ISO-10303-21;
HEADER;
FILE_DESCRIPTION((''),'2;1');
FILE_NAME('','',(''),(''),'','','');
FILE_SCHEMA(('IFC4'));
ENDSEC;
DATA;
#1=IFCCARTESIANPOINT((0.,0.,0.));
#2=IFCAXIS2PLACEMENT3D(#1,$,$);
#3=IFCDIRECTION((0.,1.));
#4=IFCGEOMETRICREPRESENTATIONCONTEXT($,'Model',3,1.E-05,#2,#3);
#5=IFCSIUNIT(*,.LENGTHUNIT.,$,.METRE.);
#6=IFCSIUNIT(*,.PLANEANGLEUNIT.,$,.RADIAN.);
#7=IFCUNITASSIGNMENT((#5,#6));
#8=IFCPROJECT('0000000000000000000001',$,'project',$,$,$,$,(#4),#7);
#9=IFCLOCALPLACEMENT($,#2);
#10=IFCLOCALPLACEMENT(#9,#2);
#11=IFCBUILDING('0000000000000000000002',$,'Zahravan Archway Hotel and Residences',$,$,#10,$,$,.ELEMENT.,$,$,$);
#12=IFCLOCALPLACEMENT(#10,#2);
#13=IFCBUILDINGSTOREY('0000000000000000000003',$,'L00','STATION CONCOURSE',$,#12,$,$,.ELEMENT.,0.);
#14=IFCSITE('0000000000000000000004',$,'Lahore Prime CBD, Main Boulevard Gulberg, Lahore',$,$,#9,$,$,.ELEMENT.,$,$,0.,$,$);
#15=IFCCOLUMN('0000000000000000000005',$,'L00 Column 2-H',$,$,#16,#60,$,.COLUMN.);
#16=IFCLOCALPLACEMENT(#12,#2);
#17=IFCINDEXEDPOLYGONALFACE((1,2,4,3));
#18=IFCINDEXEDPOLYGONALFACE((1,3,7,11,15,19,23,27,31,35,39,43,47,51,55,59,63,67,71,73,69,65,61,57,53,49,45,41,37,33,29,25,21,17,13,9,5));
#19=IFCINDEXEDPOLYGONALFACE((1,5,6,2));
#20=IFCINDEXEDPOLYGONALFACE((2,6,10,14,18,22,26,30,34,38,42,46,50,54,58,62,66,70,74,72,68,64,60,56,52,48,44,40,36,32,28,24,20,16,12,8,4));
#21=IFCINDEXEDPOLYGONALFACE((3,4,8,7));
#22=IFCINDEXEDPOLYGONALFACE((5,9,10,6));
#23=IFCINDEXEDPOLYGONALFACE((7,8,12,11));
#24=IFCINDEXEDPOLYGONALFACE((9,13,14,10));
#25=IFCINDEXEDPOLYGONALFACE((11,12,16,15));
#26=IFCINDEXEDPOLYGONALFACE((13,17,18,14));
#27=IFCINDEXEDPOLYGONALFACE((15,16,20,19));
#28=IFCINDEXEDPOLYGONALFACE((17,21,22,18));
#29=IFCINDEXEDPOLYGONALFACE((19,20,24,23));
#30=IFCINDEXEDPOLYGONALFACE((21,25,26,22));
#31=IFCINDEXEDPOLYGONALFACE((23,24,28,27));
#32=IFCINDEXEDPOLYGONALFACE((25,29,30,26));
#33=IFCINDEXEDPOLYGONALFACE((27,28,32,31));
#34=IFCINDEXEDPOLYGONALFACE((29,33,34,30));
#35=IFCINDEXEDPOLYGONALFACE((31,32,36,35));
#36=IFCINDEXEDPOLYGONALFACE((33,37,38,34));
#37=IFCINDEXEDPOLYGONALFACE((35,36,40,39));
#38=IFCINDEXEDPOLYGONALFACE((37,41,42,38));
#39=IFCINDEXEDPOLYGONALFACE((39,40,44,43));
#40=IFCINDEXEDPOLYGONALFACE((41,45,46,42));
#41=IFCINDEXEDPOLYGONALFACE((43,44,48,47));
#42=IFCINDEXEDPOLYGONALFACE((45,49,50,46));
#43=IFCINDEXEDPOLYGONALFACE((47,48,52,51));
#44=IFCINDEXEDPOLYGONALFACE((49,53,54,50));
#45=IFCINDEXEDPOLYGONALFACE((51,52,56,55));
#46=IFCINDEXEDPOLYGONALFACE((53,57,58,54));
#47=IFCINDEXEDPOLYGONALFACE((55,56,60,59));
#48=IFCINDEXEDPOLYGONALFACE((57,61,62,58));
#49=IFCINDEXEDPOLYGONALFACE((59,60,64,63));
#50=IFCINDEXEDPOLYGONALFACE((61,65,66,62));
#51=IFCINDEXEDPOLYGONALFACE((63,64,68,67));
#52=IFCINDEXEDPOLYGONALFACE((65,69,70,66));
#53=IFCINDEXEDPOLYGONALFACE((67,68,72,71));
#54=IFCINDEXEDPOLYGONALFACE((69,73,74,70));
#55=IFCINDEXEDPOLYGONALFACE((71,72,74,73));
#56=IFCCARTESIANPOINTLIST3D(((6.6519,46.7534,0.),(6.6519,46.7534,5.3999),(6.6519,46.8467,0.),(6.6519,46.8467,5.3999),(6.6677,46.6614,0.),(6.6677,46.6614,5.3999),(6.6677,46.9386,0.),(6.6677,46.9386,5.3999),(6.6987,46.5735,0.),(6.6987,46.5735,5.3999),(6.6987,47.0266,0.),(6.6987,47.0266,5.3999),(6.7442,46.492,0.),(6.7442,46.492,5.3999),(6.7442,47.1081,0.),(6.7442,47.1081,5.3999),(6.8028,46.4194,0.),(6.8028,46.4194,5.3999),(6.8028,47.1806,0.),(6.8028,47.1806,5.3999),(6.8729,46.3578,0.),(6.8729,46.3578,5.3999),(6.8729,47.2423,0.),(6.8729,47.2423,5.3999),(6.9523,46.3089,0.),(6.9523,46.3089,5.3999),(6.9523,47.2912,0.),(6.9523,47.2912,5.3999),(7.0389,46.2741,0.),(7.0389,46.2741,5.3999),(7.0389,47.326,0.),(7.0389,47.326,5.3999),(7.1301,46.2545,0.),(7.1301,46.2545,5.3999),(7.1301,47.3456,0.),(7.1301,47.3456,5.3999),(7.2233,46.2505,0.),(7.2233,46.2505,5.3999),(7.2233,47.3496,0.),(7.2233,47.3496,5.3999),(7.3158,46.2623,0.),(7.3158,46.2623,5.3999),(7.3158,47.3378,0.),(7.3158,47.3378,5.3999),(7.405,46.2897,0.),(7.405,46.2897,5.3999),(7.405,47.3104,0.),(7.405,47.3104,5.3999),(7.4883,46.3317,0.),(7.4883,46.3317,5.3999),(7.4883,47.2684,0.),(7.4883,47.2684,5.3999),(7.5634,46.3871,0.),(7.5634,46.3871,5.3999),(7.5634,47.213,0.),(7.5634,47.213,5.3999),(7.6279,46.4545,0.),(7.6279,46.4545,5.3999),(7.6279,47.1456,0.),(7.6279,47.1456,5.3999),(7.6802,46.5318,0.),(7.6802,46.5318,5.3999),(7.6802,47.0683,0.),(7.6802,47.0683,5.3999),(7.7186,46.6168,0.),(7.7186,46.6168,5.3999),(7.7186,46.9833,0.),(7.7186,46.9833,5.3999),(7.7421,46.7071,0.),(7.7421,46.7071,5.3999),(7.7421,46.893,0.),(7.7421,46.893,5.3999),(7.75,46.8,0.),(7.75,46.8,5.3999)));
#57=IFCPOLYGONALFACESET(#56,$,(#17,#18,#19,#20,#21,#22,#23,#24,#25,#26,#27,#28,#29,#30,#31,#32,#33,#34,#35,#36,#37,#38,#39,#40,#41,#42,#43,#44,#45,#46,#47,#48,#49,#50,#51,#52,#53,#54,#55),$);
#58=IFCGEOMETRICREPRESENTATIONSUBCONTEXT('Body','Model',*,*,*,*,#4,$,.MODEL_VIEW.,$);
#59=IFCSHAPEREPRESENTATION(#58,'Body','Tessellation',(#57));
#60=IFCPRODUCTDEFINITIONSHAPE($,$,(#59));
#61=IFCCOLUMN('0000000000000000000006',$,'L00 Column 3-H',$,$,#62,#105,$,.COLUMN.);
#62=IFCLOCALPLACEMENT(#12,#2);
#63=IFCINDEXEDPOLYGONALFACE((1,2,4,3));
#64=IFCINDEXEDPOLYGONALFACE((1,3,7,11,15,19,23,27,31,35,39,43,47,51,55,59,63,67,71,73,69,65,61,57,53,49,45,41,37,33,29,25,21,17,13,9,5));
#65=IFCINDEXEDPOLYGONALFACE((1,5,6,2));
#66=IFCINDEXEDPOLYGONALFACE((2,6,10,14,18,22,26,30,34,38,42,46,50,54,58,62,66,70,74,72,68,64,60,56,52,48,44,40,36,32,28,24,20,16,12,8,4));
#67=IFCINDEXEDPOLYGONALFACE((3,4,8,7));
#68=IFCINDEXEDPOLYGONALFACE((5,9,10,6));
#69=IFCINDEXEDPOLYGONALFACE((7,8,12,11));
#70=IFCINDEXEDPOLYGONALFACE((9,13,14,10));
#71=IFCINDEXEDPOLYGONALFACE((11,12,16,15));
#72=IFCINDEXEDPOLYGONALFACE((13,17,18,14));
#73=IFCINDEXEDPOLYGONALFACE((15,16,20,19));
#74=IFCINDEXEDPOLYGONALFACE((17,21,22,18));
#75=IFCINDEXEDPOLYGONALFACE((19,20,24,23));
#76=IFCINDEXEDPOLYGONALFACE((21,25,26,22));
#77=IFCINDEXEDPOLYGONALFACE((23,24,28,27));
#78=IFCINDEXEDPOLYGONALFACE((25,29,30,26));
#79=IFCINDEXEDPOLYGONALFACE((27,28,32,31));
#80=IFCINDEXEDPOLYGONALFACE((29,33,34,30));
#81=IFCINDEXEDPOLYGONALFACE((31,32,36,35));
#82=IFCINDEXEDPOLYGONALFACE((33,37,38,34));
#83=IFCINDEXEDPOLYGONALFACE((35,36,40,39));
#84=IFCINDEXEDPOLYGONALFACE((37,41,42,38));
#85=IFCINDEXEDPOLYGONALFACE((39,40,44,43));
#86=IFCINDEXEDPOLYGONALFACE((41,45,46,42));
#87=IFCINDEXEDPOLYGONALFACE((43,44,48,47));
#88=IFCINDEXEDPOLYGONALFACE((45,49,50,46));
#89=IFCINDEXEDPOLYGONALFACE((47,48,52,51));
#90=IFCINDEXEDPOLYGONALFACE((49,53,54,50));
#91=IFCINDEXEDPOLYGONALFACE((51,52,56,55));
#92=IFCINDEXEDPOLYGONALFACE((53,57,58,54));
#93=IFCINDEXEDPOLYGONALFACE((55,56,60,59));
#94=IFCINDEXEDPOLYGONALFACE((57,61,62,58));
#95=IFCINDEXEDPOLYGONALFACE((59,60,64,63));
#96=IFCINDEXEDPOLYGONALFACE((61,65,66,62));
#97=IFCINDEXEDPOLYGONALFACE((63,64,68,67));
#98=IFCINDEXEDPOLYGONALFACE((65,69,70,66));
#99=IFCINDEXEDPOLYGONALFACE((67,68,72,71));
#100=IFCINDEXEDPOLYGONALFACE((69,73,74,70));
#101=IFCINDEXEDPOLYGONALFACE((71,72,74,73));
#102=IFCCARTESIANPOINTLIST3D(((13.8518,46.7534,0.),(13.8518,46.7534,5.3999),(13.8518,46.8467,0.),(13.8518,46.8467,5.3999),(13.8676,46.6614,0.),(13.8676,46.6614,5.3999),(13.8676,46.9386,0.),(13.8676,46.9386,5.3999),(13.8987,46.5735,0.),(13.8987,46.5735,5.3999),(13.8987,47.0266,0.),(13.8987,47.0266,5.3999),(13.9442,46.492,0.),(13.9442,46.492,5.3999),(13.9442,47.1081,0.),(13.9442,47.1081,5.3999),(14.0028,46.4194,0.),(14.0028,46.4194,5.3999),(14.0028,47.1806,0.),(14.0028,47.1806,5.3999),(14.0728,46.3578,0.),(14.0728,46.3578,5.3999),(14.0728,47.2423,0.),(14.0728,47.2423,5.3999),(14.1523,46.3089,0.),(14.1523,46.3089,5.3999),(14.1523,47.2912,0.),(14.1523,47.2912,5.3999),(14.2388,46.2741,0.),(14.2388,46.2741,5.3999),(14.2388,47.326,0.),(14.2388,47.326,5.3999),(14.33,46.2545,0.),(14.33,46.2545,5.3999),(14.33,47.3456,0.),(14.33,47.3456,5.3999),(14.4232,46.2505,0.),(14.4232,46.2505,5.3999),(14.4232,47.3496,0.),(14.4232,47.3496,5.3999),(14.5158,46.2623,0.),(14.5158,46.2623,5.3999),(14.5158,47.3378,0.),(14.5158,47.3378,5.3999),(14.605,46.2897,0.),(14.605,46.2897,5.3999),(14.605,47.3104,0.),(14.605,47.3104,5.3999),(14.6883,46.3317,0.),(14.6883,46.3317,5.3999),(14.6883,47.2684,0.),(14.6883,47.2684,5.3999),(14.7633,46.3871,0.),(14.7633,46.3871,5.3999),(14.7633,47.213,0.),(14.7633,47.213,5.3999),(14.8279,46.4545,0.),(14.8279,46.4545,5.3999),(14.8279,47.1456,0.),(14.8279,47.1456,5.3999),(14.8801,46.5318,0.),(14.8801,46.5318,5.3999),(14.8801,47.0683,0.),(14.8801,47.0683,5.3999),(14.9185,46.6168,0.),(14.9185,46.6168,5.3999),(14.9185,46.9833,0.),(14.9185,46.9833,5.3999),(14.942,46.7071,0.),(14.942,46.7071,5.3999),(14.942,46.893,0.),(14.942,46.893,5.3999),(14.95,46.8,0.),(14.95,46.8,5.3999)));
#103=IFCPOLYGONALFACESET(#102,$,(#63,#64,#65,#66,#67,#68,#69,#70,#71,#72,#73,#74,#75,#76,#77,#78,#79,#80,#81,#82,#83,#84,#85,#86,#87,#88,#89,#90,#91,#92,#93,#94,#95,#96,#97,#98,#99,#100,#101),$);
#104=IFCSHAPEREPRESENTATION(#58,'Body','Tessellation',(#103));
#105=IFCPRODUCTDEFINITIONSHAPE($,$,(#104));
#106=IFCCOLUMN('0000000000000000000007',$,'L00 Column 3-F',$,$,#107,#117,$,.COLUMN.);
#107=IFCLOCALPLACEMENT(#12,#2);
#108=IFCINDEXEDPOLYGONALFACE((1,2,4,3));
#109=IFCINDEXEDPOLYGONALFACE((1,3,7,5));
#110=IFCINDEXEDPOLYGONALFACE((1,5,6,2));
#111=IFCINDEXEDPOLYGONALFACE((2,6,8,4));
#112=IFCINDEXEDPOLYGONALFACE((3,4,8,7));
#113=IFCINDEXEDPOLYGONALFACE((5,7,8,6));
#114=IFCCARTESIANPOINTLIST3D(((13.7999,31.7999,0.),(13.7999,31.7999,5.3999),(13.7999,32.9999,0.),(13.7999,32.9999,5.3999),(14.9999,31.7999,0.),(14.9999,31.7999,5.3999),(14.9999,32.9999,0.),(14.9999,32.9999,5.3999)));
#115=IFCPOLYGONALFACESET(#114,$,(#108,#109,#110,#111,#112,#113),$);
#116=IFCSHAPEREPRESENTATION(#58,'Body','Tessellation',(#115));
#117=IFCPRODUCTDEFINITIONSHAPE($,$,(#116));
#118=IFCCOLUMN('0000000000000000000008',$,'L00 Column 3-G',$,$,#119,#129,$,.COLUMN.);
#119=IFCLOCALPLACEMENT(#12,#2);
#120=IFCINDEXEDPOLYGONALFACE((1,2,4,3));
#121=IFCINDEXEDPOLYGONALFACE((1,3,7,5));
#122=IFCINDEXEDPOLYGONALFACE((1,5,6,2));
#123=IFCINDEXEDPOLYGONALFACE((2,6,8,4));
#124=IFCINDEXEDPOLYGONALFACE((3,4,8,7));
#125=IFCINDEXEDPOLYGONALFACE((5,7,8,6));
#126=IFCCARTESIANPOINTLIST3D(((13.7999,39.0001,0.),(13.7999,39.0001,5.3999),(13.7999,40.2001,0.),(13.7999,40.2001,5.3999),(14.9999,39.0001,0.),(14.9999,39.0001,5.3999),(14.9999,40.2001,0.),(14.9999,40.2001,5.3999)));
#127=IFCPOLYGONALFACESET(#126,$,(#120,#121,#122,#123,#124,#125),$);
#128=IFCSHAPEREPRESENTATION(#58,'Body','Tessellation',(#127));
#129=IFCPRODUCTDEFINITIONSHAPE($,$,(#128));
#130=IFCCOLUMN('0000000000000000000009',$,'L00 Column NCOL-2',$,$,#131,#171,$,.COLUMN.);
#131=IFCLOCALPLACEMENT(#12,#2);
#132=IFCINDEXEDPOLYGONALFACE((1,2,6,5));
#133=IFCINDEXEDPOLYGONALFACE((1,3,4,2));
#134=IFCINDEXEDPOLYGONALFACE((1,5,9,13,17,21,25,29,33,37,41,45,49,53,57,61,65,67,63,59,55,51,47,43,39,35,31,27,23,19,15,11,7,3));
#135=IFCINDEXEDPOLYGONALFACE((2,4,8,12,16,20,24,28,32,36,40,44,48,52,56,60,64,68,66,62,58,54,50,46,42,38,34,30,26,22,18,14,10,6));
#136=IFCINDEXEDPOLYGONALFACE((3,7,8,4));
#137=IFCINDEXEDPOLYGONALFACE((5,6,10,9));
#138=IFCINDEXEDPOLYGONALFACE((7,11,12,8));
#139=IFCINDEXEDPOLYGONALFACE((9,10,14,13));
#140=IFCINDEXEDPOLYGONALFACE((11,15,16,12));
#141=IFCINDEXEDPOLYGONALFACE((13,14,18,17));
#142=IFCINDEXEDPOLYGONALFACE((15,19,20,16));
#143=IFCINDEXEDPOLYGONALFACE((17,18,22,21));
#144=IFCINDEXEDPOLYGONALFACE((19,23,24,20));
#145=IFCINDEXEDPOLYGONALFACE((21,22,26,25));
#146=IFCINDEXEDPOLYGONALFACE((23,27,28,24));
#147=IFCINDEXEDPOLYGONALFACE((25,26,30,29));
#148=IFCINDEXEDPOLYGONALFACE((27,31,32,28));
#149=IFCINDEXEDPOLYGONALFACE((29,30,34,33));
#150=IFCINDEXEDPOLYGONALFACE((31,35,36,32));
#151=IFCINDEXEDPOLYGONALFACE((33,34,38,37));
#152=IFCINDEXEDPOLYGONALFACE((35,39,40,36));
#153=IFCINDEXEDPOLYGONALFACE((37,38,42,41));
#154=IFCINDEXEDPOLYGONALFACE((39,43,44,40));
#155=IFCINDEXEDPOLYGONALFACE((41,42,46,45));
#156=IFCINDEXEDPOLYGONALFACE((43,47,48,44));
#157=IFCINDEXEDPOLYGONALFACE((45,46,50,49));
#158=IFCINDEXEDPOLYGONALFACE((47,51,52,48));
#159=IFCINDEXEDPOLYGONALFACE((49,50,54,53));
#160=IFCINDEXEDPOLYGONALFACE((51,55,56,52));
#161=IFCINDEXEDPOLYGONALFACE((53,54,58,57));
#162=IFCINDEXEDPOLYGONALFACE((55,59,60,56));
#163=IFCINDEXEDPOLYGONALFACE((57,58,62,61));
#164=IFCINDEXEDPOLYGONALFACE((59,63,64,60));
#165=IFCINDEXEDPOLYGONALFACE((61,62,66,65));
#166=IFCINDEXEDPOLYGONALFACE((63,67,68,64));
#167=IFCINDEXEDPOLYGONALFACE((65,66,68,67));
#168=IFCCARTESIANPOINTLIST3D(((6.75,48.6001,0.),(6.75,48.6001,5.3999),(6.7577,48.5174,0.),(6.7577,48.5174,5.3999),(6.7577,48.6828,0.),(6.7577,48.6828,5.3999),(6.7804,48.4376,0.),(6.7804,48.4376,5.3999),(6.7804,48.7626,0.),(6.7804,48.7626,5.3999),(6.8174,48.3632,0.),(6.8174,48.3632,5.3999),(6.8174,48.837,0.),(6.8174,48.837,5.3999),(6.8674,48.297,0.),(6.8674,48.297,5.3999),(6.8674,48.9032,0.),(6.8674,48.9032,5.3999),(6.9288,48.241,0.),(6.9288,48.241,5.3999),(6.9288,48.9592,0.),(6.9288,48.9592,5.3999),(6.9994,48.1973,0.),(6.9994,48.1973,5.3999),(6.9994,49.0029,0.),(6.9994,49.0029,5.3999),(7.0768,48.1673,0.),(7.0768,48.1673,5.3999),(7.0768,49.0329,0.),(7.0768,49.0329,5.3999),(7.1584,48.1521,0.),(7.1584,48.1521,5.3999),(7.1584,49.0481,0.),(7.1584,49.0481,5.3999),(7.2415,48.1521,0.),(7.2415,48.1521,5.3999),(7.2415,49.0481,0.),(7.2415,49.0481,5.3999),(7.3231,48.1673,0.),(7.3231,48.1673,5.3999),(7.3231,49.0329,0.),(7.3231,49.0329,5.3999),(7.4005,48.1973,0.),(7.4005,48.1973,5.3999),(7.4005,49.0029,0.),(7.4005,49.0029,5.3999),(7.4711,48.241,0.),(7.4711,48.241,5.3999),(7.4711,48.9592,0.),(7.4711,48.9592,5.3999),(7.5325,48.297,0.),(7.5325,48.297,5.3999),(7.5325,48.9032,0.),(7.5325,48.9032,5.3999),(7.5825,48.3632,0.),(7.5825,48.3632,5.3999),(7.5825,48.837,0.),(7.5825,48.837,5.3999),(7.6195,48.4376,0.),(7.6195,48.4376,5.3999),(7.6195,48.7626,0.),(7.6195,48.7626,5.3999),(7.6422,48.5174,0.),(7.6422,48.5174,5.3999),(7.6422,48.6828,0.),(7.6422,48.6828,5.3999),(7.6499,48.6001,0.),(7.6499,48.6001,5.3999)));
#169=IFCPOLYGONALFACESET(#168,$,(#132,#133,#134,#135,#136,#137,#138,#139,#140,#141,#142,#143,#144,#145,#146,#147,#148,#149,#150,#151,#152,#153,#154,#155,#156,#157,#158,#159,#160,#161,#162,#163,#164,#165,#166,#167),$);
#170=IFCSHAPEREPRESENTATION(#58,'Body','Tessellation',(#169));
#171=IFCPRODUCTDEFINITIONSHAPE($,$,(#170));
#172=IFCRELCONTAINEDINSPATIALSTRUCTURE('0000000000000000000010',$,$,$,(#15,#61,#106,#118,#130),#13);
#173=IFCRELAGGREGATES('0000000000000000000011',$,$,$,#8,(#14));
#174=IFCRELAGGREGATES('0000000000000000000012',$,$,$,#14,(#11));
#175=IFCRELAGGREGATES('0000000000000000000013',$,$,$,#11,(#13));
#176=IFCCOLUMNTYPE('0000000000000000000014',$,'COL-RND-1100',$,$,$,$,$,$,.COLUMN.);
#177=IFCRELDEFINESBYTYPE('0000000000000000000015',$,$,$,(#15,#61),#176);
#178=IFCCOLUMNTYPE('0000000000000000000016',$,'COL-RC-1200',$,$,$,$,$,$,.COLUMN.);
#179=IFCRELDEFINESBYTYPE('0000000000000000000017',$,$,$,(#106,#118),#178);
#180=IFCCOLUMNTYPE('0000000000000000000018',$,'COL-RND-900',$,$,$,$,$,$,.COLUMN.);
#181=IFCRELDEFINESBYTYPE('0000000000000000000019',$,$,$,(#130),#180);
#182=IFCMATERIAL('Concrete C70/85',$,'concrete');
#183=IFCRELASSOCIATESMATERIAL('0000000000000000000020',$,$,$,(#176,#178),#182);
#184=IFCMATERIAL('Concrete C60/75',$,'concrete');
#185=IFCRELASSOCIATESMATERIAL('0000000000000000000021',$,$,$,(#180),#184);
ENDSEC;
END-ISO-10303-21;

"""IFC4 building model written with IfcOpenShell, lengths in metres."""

from ifc_helpers import new_model, si_unit, direction, frame, origin, origin_2d, place, context, subcontext, project, spatial, rectangle, circle, extrude, source, transform, mapped, material, material_profile, profile_set, type_object, type_shapes, element, save


model = new_model("IFC4")

# Units and contexts
model_context = context("Model", 3, precision=1e-05, world=origin(), true_north=direction((0.0, 1.0)))
body_context = subcontext(model_context, "Body", "Model", "MODEL_VIEW")
ifc_project = project(units=[si_unit("LENGTHUNIT", "METRE"), si_unit("PLANEANGLEUNIT", "RADIAN")], contexts=[model_context])

# Site, building, storey
site_placement = place(None, origin())
site = spatial("IfcSite", under=ifc_project, at=site_placement, Name="Lahore Prime CBD, Main Boulevard Gulberg, Lahore", CompositionType="ELEMENT", RefElevation=0.0)
building_placement = place(site_placement, origin())
building = spatial("IfcBuilding", under=site, at=building_placement, Name="Zahravan Archway Hotel and Residences", CompositionType="ELEMENT")
storey_placement = place(building_placement, origin())
storey = spatial("IfcBuildingStorey", under=building, at=storey_placement, Name="L00", Description="STATION CONCOURSE", CompositionType="ELEMENT", Elevation=0.0)

# Columns
ifc_material_1 = material(Name="Concrete C70/85", Category="concrete")
ifc_material_profile_1 = material_profile(ifc_material_1, circle(Radius=0.55, at=origin_2d()), Name="RC-CIRC-1100", Category="concrete")
ifc_profile_set_1 = profile_set([ifc_material_profile_1], Name="Concrete C70/85")
column_type_1 = type_object("IfcColumnType", Name="COL-RND-1100", PredefinedType="COLUMN", material=ifc_profile_set_1)
shared_shape_1 = source(origin(), body_context, "Body", "SweptSolid", [
    extrude(circle(Radius=0.55, at=origin_2d()), origin(), (0.0, 0.0, 1.0), 5.3999),
])
type_shapes(column_type_1, [shared_shape_1])
for number, where, z_axis, x_axis, name in (
    (1, (7.2, 46.8, 0.0), (0.0, 0.0, 1.0), (1.0, 0.0, 0.0), "L00 Column 2-H"),
    (2, (14.3999, 46.8, 0.0), (0.0, 0.0, 1.0), (1.0, 0.0, 0.0), "L00 Column 3-H"),
):
    element("IfcColumn", number, at=place(storey_placement, frame(where, z_axis=z_axis, x_axis=x_axis)), inside=storey, type_object=column_type_1, Name=name, PredefinedType="COLUMN", context=body_context, shape_type="MappedRepresentation", body=[
        mapped(shared_shape_1, transform((0.0, 0.0, 0.0), scale=1.0)),
    ])
ifc_material_profile_2 = material_profile(ifc_material_1, rectangle(XDim=1.2, YDim=1.2, at=origin_2d()), Name="RC-COL-1200x1200", Category="concrete")
ifc_profile_set_2 = profile_set([ifc_material_profile_2], Name="Concrete C70/85")
column_type_2 = type_object("IfcColumnType", Name="COL-RC-1200", PredefinedType="COLUMN", material=ifc_profile_set_2)
shared_shape_2 = source(origin(), body_context, "Body", "SweptSolid", [
    extrude(rectangle(XDim=1.2, YDim=1.2, at=origin_2d()), origin(), (0.0, 0.0, 1.0), 5.3999),
])
for number, where, z_axis, x_axis, name in (
    (3, (14.3999, 32.3999, 0.0), (0.0, 0.0, 1.0), (1.0, 0.0, 0.0), "L00 Column 3-F"),
    (4, (14.3999, 39.6001, 0.0), (0.0, 0.0, 1.0), (1.0, 0.0, 0.0), "L00 Column 3-G"),
):
    element("IfcColumn", number, at=place(storey_placement, frame(where, z_axis=z_axis, x_axis=x_axis)), inside=storey, type_object=column_type_2, Name=name, PredefinedType="COLUMN", context=body_context, shape_type="MappedRepresentation", body=[
        mapped(shared_shape_2, transform((0.0, 0.0, 0.0), scale=1.0)),
    ])
ifc_material_2 = material(Name="Concrete C60/75", Category="concrete")
ifc_material_profile_3 = material_profile(ifc_material_2, circle(Radius=0.45, at=origin_2d()), Name="RC-CIRC-900", Category="concrete")
ifc_profile_set_3 = profile_set([ifc_material_profile_3], Name="Concrete C60/75")
column_type_3 = type_object("IfcColumnType", Name="COL-RND-900", PredefinedType="COLUMN", material=ifc_profile_set_3)
shared_shape_3 = source(origin(), body_context, "Body", "SweptSolid", [
    extrude(circle(Radius=0.45, at=origin_2d()), origin(), (0.0, 0.0, 1.0), 5.3999),
])
type_shapes(column_type_3, [shared_shape_3])
column_placement = place(storey_placement, frame((7.2, 48.6001, 0.0), z_axis=(0.0, 0.0, 1.0), x_axis=(1.0, 0.0, 0.0)))
element("IfcColumn", 5, at=column_placement, inside=storey, type_object=column_type_3, Name="L00 Column NCOL-2", PredefinedType="COLUMN", context=body_context, shape_type="MappedRepresentation", body=[
    mapped(shared_shape_3, transform((0.0, 0.0, 0.0), scale=1.0)),
])

save(model, "model.ifc")
